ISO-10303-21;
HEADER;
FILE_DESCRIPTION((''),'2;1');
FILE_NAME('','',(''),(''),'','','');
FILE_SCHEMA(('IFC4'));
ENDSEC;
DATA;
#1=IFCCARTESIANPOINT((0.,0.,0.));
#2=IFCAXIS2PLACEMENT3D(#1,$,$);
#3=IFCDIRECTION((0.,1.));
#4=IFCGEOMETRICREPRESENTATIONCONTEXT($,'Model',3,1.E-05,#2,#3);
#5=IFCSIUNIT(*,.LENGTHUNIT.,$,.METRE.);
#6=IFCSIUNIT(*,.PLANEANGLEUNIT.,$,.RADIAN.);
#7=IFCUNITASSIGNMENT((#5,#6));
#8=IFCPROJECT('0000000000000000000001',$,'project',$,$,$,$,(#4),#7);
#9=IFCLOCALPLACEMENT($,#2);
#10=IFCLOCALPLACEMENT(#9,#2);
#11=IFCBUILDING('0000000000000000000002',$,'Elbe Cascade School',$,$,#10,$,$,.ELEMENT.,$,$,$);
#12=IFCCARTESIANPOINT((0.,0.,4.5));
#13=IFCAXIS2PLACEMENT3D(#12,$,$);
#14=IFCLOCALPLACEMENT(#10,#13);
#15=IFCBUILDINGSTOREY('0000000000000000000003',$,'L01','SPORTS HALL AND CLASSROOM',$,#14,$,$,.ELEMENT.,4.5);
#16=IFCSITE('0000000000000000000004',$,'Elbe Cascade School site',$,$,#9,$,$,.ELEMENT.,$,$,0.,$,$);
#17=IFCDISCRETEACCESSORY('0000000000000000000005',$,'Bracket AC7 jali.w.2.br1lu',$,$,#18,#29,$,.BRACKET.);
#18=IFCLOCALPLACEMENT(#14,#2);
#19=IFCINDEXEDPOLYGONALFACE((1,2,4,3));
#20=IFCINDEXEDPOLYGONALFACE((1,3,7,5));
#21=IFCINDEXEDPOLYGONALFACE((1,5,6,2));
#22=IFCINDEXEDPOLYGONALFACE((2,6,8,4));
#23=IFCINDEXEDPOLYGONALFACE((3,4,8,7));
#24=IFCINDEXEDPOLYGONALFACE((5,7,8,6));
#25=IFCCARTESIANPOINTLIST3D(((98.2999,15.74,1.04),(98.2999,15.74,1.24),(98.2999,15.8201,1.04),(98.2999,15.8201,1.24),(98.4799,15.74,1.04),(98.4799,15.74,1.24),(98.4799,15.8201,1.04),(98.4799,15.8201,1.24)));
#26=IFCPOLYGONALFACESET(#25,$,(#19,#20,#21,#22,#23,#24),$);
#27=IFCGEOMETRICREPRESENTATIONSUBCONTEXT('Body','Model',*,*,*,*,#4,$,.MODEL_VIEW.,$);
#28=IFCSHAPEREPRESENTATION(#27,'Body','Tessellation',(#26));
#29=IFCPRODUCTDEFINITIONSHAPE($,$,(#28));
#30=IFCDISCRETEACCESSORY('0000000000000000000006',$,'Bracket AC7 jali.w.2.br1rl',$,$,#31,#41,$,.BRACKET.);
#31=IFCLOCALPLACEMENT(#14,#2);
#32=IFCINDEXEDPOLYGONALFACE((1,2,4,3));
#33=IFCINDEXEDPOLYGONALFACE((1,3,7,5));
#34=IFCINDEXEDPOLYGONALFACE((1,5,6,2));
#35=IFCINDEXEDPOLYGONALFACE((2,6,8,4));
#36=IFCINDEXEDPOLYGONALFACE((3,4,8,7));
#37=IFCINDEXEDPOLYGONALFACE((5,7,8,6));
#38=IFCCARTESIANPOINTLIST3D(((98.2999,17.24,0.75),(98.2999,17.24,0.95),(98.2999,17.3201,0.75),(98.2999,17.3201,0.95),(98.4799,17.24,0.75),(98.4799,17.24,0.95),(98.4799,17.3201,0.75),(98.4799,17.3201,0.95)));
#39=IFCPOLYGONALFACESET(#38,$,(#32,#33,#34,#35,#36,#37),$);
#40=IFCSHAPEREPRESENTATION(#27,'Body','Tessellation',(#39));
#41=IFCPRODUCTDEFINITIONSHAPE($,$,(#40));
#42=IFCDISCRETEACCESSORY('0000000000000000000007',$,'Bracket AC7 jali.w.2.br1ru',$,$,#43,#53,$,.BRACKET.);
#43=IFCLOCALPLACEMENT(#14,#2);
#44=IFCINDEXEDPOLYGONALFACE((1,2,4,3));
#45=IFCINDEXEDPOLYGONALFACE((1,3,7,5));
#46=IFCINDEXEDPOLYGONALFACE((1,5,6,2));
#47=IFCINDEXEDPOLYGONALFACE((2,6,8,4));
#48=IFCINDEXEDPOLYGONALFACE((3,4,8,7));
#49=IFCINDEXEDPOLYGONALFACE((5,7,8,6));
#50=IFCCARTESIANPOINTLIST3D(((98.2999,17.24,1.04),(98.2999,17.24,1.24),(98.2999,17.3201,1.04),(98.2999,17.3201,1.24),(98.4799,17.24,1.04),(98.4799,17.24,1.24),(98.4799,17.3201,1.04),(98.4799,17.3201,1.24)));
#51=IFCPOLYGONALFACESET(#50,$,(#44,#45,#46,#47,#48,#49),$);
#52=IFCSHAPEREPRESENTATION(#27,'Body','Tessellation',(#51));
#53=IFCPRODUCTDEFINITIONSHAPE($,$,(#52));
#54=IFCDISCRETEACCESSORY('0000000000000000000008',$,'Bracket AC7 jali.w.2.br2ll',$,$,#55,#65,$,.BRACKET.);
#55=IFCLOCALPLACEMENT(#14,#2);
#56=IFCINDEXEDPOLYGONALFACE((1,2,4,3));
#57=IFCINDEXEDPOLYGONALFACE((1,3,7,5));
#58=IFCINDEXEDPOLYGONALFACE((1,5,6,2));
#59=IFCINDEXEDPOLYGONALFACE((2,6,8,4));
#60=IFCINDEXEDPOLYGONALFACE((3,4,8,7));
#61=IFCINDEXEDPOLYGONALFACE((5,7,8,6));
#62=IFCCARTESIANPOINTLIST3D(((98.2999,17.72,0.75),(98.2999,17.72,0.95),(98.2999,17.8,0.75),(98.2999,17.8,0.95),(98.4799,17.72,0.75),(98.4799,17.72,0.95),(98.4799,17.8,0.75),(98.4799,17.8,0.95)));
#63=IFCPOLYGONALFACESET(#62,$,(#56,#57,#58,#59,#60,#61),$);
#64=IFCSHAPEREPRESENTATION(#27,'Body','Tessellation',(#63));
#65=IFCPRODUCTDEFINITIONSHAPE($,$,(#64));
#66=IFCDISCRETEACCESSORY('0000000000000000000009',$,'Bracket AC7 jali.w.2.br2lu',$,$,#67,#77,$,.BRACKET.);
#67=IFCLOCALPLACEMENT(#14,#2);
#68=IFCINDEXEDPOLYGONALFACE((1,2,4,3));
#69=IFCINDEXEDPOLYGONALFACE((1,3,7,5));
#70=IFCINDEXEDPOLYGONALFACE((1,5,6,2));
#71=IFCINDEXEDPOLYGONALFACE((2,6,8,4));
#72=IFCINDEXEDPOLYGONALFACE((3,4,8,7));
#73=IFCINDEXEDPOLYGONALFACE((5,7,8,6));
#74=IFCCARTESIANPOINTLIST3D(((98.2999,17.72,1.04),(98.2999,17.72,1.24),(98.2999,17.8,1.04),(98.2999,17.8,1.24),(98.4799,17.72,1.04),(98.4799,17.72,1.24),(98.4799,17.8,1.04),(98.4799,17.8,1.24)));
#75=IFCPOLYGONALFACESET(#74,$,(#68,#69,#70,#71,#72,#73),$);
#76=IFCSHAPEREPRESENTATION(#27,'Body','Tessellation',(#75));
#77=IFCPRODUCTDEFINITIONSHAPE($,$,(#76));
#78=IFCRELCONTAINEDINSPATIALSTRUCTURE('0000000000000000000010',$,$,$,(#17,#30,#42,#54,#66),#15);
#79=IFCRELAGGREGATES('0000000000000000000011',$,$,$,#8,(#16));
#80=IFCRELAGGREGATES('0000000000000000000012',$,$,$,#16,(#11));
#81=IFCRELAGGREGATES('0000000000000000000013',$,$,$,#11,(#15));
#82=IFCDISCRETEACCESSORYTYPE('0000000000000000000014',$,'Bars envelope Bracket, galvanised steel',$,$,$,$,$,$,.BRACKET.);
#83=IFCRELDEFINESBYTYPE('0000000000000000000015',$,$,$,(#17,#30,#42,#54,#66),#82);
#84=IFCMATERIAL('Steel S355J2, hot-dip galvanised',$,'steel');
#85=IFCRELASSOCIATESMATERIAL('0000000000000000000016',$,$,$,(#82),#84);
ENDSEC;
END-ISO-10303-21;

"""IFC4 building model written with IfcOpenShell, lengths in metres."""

from ifc_helpers import new_model, si_unit, direction, frame, origin, origin_2d, place, context, subcontext, project, spatial, rectangle, extrude, material, type_object, element, save


model = new_model("IFC4")

# Units and contexts
model_context = context("Model", 3, precision=1e-05, world=origin(), true_north=direction((0.0, 1.0)))
body_context = subcontext(model_context, "Body", "Model", "MODEL_VIEW")
ifc_project = project(units=[si_unit("LENGTHUNIT", "METRE"), si_unit("PLANEANGLEUNIT", "RADIAN")], contexts=[model_context])

# Site, building, storey
site_placement = place(None, origin())
site = spatial("IfcSite", under=ifc_project, at=site_placement, Name="Elbe Cascade School site", CompositionType="ELEMENT", RefElevation=0.0)
building_placement = place(site_placement, origin())
building = spatial("IfcBuilding", under=site, at=building_placement, Name="Elbe Cascade School", CompositionType="ELEMENT")
storey_placement = place(building_placement, frame((0.0, 0.0, 4.5)))
storey = spatial("IfcBuildingStorey", under=building, at=storey_placement, Name="L01", Description="SPORTS HALL AND CLASSROOM", CompositionType="ELEMENT", Elevation=4.5)

# Discrete accessories
ifc_material_1 = material(Name="Steel S355J2, hot-dip galvanised", Category="steel")
discrete_accessory_type = type_object("IfcDiscreteAccessoryType", Name="Bars envelope Bracket, galvanised steel", PredefinedType="BRACKET", material=ifc_material_1)
for number, where, z_axis, x_axis, name in (
    (1, (98.3899, 15.78, 1.04), (0.0, 0.0, 1.0), (0.0, 1.0, 0.0), "Bracket AC7 jali.w.2.br1lu"),
    (2, (98.3899, 17.28, 0.75), (0.0, 0.0, 1.0), (0.0, 1.0, 0.0), "Bracket AC7 jali.w.2.br1rl"),
    (3, (98.3899, 17.28, 1.04), (0.0, 0.0, 1.0), (0.0, 1.0, 0.0), "Bracket AC7 jali.w.2.br1ru"),
    (4, (98.3899, 17.76, 0.75), (0.0, 0.0, 1.0), (0.0, 1.0, 0.0), "Bracket AC7 jali.w.2.br2ll"),
    (5, (98.3899, 17.76, 1.04), (0.0, 0.0, 1.0), (0.0, 1.0, 0.0), "Bracket AC7 jali.w.2.br2lu"),
):
    element("IfcDiscreteAccessory", number, at=place(storey_placement, frame(where, z_axis=z_axis, x_axis=x_axis)), inside=storey, type_object=discrete_accessory_type, Name=name, PredefinedType="BRACKET", context=body_context, shape_type="SweptSolid", body=[
        extrude(rectangle(XDim=0.0801, YDim=0.1799, at=origin_2d()), origin(), (0.0, 0.0, 1.0), 0.2),
    ])

save(model, "model.ifc")
